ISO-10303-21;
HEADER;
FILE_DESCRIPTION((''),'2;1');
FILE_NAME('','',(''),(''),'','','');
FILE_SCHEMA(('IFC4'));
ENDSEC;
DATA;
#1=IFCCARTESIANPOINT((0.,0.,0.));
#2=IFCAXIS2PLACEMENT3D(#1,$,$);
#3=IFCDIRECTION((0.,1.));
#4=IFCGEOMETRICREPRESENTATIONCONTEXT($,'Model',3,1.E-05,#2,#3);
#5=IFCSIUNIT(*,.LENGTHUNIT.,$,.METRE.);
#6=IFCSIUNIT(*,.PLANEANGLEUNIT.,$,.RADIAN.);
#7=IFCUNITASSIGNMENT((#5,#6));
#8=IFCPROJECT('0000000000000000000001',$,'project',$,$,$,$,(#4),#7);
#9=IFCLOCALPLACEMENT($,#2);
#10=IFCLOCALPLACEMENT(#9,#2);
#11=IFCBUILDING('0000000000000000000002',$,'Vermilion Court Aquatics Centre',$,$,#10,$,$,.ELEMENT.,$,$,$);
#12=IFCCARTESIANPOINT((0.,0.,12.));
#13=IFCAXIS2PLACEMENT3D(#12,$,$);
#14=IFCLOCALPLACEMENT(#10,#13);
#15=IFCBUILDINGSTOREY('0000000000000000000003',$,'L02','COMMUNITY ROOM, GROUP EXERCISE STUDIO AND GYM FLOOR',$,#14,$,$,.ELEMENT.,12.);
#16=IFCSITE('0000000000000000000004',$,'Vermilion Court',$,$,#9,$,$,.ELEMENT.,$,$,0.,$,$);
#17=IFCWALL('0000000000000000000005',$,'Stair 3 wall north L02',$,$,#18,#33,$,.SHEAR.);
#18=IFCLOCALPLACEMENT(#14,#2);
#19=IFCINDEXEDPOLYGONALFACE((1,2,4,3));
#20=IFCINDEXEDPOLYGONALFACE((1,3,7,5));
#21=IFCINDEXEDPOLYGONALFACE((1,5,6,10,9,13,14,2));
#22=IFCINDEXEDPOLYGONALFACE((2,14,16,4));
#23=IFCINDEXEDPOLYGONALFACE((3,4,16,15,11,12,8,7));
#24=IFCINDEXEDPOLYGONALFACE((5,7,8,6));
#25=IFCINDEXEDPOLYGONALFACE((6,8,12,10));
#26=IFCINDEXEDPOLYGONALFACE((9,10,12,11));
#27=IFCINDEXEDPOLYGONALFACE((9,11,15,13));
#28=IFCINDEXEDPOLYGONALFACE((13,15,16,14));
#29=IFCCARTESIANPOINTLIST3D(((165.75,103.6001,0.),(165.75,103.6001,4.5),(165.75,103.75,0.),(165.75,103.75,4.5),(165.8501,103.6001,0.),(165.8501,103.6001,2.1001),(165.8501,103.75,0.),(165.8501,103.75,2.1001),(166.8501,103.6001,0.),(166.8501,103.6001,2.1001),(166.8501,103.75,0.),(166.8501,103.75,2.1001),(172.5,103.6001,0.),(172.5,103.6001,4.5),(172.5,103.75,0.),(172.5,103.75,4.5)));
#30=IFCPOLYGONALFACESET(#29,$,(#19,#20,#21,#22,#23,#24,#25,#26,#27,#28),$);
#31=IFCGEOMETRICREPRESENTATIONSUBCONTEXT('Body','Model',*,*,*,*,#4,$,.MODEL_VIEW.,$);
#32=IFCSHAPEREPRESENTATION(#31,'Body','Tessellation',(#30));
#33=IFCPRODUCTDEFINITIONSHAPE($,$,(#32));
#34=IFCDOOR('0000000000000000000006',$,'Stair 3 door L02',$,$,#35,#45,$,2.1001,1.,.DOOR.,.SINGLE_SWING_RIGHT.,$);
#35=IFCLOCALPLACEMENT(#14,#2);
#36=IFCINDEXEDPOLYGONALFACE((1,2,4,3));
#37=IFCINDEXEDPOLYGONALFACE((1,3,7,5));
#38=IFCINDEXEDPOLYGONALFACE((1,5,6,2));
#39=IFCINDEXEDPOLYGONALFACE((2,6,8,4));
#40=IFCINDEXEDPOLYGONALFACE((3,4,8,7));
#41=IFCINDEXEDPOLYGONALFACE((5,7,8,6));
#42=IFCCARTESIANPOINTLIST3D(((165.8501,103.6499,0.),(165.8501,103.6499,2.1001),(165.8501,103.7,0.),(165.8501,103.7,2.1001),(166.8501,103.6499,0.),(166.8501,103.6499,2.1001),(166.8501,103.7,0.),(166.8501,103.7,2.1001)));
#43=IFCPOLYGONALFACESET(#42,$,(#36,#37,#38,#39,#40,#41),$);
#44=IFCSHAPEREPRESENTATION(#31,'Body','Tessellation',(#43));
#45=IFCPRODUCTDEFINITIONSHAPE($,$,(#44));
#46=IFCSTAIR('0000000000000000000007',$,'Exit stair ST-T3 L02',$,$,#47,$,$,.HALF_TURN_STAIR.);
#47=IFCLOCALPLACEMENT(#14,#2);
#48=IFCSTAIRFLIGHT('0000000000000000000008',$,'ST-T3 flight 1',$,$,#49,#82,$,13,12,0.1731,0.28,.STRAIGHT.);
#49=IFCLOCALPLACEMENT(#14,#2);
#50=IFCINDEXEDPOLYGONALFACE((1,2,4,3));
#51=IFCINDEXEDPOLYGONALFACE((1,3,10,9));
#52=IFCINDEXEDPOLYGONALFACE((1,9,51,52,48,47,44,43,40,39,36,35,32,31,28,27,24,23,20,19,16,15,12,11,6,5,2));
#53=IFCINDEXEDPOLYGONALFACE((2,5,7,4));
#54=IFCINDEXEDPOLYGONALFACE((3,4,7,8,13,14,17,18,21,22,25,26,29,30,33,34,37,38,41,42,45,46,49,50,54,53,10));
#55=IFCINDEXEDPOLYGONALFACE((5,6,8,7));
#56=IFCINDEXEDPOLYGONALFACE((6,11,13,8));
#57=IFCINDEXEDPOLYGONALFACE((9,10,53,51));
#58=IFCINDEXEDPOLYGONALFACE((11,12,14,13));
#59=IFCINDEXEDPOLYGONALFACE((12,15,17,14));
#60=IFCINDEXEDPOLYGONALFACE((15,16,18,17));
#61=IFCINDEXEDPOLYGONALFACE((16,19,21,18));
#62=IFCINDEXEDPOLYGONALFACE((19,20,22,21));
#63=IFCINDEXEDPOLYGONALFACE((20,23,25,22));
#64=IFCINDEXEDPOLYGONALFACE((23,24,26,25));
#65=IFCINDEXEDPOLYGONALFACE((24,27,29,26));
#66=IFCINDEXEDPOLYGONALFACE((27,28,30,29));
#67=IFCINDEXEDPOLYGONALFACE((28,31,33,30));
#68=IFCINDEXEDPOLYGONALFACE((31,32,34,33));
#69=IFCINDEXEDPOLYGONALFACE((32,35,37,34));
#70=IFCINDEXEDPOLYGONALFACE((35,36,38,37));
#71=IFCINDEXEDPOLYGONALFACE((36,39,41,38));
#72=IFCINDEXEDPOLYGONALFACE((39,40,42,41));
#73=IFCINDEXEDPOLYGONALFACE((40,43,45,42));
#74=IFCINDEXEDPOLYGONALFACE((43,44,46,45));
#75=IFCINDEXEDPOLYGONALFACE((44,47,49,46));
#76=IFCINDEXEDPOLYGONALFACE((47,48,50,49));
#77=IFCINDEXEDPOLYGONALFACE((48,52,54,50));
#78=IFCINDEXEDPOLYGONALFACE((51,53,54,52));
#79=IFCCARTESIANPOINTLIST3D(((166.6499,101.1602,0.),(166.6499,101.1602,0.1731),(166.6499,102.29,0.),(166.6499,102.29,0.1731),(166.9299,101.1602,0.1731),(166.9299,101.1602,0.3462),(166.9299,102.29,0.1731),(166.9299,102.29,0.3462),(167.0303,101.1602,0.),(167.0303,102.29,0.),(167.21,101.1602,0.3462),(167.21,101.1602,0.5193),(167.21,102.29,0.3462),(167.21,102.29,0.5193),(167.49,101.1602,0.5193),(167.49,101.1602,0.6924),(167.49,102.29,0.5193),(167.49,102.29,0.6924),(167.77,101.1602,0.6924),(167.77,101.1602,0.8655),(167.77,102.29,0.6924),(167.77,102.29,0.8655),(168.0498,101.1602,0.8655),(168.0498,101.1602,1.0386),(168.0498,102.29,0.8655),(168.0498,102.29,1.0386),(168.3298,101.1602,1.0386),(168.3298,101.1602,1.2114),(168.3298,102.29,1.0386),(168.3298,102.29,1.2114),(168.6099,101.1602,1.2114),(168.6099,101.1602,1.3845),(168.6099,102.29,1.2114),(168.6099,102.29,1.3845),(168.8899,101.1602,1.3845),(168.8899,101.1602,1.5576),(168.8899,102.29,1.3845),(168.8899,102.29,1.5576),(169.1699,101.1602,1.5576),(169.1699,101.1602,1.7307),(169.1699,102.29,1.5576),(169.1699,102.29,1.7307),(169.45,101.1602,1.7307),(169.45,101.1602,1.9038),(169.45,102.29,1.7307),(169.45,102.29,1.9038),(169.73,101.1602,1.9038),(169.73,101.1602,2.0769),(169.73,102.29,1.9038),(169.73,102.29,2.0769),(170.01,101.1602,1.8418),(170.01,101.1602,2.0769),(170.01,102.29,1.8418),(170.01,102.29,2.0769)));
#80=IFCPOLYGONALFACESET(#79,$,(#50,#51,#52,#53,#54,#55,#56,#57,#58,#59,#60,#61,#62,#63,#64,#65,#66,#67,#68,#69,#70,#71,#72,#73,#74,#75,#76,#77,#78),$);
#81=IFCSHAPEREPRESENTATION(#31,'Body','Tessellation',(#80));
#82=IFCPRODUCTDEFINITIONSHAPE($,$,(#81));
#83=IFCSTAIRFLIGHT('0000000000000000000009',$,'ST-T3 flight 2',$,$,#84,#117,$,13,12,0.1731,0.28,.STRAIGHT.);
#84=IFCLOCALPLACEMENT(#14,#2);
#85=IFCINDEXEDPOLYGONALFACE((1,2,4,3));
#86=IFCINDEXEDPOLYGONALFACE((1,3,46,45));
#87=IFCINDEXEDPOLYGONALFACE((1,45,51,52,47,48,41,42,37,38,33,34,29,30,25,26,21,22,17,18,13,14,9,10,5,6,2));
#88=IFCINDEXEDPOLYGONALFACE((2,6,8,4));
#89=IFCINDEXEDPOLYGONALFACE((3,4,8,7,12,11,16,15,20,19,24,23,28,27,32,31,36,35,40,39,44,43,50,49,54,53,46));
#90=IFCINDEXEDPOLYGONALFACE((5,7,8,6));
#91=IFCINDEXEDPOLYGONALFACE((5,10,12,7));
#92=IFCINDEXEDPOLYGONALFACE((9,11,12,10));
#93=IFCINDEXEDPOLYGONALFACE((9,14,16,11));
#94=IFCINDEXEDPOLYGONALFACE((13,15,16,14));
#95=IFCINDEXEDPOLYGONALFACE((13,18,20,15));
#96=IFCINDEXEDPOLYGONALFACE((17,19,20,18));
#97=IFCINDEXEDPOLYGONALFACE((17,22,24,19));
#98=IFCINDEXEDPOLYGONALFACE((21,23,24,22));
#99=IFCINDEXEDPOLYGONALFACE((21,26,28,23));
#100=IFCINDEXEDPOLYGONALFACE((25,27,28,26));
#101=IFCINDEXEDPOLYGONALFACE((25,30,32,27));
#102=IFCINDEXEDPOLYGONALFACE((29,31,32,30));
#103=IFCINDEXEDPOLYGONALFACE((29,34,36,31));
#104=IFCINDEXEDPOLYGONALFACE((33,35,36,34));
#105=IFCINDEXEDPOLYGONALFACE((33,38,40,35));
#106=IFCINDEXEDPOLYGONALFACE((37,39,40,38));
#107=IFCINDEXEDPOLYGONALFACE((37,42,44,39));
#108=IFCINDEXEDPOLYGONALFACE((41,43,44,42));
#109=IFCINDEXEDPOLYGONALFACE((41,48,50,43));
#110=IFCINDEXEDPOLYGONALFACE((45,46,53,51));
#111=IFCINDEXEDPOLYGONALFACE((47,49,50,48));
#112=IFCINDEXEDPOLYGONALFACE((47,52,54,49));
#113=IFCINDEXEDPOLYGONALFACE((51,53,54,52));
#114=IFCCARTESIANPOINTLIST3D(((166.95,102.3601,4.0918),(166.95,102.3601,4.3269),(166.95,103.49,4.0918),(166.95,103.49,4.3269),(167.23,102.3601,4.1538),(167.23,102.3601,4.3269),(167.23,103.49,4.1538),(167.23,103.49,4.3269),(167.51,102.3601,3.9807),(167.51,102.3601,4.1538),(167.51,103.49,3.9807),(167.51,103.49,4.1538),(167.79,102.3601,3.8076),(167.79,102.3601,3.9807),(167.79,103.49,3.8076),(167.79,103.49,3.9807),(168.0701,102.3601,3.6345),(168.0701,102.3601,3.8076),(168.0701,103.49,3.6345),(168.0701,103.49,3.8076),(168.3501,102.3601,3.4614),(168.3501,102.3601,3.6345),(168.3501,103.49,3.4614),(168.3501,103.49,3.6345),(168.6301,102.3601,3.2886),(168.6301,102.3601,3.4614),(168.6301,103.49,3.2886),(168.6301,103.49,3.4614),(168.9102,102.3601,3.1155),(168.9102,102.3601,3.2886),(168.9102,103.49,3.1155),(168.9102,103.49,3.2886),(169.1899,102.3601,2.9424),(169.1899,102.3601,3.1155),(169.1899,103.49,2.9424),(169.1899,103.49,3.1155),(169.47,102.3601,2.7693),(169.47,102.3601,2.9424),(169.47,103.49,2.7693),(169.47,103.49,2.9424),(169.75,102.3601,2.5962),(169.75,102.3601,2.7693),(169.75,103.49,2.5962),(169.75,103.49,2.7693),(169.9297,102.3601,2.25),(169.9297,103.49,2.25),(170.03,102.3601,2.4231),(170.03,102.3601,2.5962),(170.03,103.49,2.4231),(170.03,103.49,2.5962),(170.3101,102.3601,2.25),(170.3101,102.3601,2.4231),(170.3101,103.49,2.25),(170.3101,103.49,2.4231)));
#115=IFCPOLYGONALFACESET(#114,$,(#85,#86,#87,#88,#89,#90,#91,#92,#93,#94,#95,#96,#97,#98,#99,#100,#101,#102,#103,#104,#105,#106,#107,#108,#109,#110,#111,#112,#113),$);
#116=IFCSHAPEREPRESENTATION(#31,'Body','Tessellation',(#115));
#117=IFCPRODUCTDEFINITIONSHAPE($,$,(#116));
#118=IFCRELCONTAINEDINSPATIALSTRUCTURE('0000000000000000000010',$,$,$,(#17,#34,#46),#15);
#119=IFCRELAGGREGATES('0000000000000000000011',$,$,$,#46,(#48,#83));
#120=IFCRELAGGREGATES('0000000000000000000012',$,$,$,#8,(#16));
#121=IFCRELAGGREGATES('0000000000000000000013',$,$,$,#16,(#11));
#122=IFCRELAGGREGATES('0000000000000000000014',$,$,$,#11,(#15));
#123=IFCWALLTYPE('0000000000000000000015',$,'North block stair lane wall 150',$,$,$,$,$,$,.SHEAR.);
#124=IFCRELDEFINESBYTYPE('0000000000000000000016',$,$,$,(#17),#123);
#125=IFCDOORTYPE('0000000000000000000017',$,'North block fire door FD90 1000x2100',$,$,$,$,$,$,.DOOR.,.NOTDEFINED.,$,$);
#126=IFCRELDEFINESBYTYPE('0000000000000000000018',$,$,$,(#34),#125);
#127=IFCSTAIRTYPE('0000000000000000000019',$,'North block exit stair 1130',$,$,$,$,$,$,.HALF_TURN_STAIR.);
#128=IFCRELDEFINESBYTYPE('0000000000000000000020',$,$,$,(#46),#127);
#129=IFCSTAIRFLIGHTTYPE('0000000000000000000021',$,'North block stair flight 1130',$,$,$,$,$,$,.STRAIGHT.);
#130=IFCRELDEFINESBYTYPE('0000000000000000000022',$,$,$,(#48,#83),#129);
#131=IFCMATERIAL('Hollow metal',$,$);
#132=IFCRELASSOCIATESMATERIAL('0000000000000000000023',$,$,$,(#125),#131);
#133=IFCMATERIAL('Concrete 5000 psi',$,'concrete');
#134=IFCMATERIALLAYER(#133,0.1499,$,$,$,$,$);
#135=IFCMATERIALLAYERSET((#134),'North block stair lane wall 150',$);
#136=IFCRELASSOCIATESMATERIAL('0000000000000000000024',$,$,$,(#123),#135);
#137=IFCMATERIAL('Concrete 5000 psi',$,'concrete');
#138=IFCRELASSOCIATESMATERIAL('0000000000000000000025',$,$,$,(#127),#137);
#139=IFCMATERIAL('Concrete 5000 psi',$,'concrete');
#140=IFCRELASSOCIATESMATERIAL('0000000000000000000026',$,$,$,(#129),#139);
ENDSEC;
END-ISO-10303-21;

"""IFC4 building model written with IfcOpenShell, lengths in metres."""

from ifc_helpers import new_model, si_unit, direction, frame, frame_2d, origin, place, context, subcontext, project, spatial, polyline, rectangle, outline, extrude, material, layer, layer_set, type_object, element, fill, aggregate, save


model = new_model("IFC4")

# Units and contexts
model_context = context("Model", 3, precision=1e-05, world=origin(), true_north=direction((0.0, 1.0)))
body_context = subcontext(model_context, "Body", "Model", "MODEL_VIEW")
ifc_project = project(units=[si_unit("LENGTHUNIT", "METRE"), si_unit("PLANEANGLEUNIT", "RADIAN")], contexts=[model_context])

# Site, building, storey
site_placement = place(None, origin())
site = spatial("IfcSite", under=ifc_project, at=site_placement, Name="Vermilion Court", CompositionType="ELEMENT", RefElevation=0.0)
building_placement = place(site_placement, origin())
building = spatial("IfcBuilding", under=site, at=building_placement, Name="Vermilion Court Aquatics Centre", CompositionType="ELEMENT")
storey_placement = place(building_placement, frame((0.0, 0.0, 12.0)))
storey = spatial("IfcBuildingStorey", under=building, at=storey_placement, Name="L02", Description="COMMUNITY ROOM, GROUP EXERCISE STUDIO AND GYM FLOOR", CompositionType="ELEMENT", Elevation=12.0)

# Shared definitions
ifc_material_1 = material(Name="Hollow metal")
door_type_1 = type_object("IfcDoorType", Name="North block fire door FD90 1000x2100", OperationType="NOTDEFINED", PredefinedType="DOOR", material=ifc_material_1)

# Wall, opening, door
ifc_material_2 = material(Name="Concrete 5000 psi", Category="concrete")
ifc_layer_1 = layer(ifc_material_2, 0.1499)
ifc_layer_set_1 = layer_set([ifc_layer_1], Name="North block stair lane wall 150")
wall_type_1 = type_object("IfcWallType", Name="North block stair lane wall 150", PredefinedType="SHEAR", material=ifc_layer_set_1)
wall_1_placement = place(storey_placement, frame((165.75, 103.675, 0.0), z_axis=(0.0, 0.0, 1.0), x_axis=(1.0, 0.0, 0.0)))
wall_1 = element("IfcWall", 1, at=wall_1_placement, inside=storey, type_object=wall_type_1, Name="Stair 3 wall north L02", PredefinedType="SHEAR", context=body_context, shape_type="SweptSolid", body=[
    extrude(rectangle(XDim=6.75, YDim=0.1499, at=frame_2d((3.375, 0.0))), origin(), (0.0, 0.0, 1.0), 4.5),
])
opening_1_placement = place(wall_1_placement, frame((0.1001, 0.0, 0.0)))
opening_1 = element("IfcOpeningElement", 2, at=opening_1_placement, cuts=wall_1, PredefinedType="OPENING", context=body_context, shape_type="SweptSolid", body=[
    extrude(rectangle(XDim=1.0, YDim=2.1001, at=frame_2d((0.5, 1.05))), frame((0.0, 0.085, 0.0), z_axis=(0.0, -1.0, 0.0), x_axis=(1.0, 0.0, 0.0)), (0.0, 0.0, 1.0), 0.1699),
])
door_1_placement = place(opening_1_placement, frame((1.0, 0.0, 0.0), z_axis=(0.0, 0.0, 1.0), x_axis=(-1.0, 0.0, 0.0)))
door_1 = element("IfcDoor", 3, at=door_1_placement, inside=storey, type_object=door_type_1, Name="Stair 3 door L02", OperationType="SINGLE_SWING_RIGHT", OverallHeight=2.1001, OverallWidth=1.0, PredefinedType="DOOR", context=body_context, shape_type="SweptSolid", body=[
    extrude(rectangle(XDim=1.0, YDim=2.1001, at=frame_2d((0.5, 1.05))), frame((0.0, 0.0251, 0.0), z_axis=(0.0, -1.0, 0.0), x_axis=(1.0, 0.0, 0.0)), (0.0, 0.0, 1.0), 0.05),
])
fill(opening_1, door_1)

# Stair, stair flights
ifc_material_3 = material(Name="Concrete 5000 psi", Category="concrete")
stair_type = type_object("IfcStairType", Name="North block exit stair 1130", PredefinedType="HALF_TURN_STAIR", material=ifc_material_3)
stair_placement = place(storey_placement, origin())
stair = element("IfcStair", 4, at=stair_placement, inside=storey, type_object=stair_type, Name="Exit stair ST-T3 L02", PredefinedType="HALF_TURN_STAIR")
ifc_material_4 = material(Name="Concrete 5000 psi", Category="concrete")
stair_flight_type = type_object("IfcStairFlightType", Name="North block stair flight 1130", PredefinedType="STRAIGHT", material=ifc_material_4)
stair_flight_1_placement = place(storey_placement, frame((166.6499, 101.7251, 0.0), z_axis=(0.0, 0.0, 1.0), x_axis=(1.0, 0.0, 0.0)))
stair_flight_1 = element("IfcStairFlight", 5, at=stair_flight_1_placement, type_object=stair_flight_type, Name="ST-T3 flight 1", NumberOfRisers=13, NumberOfTreads=12, PredefinedType="STRAIGHT", RiserHeight=0.1731, TreadLength=0.28, context=body_context, shape_type="SweptSolid", body=[
    extrude(outline(polyline([(0.0, 0.0), (0.0, 0.1731), (0.28, 0.1731), (0.28, 0.3462), (0.5601, 0.3462), (0.5601, 0.5193), (0.8401, 0.5193), (0.8401, 0.6924), (1.1201, 0.6924), (1.1201, 0.8655), (1.3999, 0.8655), (1.3999, 1.0386), (1.6799, 1.0386), (1.6799, 1.2114), (1.96, 1.2114), (1.96, 1.3845), (2.24, 1.3845), (2.24, 1.5576), (2.52, 1.5576), (2.52, 1.7307), (2.8, 1.7307), (2.8, 1.9038), (3.0801, 1.9038), (3.0801, 2.0769), (3.3601, 2.0769), (3.3601, 2.25), (3.3601, 1.8418), (0.3804, 0.0), (0.0, 0.0)])), frame((0.0, 0.5649, 0.0), z_axis=(0.0, -1.0, 0.0), x_axis=(1.0, 0.0, 0.0)), (0.0, 0.0, 1.0), 1.1299),
])
stair_flight_2_placement = place(storey_placement, frame((170.3101, 102.925, 2.25), z_axis=(0.0, 0.0, 1.0), x_axis=(-1.0, 0.0, 0.0)))
stair_flight_2 = element("IfcStairFlight", 6, at=stair_flight_2_placement, type_object=stair_flight_type, Name="ST-T3 flight 2", NumberOfRisers=13, NumberOfTreads=12, PredefinedType="STRAIGHT", RiserHeight=0.1731, TreadLength=0.28, context=body_context, shape_type="SweptSolid", body=[
    extrude(outline(polyline([(0.0, 0.0), (0.0, 0.1731), (0.28, 0.1731), (0.28, 0.3462), (0.5601, 0.3462), (0.5601, 0.5193), (0.8401, 0.5193), (0.8401, 0.6924), (1.1201, 0.6924), (1.1201, 0.8655), (1.3999, 0.8655), (1.3999, 1.0386), (1.6799, 1.0386), (1.6799, 1.2114), (1.96, 1.2114), (1.96, 1.3845), (2.24, 1.3845), (2.24, 1.5576), (2.52, 1.5576), (2.52, 1.7307), (2.8, 1.7307), (2.8, 1.9038), (3.0801, 1.9038), (3.0801, 2.0769), (3.3601, 2.0769), (3.3601, 2.25), (3.3601, 1.8418), (0.3804, 0.0), (0.0, 0.0)])), frame((0.0, 0.5649, 0.0), z_axis=(0.0, -1.0, 0.0), x_axis=(1.0, 0.0, 0.0)), (0.0, 0.0, 1.0), 1.1299),
])
aggregate(stair, [stair_flight_1, stair_flight_2])

save(model, "model.ifc")
